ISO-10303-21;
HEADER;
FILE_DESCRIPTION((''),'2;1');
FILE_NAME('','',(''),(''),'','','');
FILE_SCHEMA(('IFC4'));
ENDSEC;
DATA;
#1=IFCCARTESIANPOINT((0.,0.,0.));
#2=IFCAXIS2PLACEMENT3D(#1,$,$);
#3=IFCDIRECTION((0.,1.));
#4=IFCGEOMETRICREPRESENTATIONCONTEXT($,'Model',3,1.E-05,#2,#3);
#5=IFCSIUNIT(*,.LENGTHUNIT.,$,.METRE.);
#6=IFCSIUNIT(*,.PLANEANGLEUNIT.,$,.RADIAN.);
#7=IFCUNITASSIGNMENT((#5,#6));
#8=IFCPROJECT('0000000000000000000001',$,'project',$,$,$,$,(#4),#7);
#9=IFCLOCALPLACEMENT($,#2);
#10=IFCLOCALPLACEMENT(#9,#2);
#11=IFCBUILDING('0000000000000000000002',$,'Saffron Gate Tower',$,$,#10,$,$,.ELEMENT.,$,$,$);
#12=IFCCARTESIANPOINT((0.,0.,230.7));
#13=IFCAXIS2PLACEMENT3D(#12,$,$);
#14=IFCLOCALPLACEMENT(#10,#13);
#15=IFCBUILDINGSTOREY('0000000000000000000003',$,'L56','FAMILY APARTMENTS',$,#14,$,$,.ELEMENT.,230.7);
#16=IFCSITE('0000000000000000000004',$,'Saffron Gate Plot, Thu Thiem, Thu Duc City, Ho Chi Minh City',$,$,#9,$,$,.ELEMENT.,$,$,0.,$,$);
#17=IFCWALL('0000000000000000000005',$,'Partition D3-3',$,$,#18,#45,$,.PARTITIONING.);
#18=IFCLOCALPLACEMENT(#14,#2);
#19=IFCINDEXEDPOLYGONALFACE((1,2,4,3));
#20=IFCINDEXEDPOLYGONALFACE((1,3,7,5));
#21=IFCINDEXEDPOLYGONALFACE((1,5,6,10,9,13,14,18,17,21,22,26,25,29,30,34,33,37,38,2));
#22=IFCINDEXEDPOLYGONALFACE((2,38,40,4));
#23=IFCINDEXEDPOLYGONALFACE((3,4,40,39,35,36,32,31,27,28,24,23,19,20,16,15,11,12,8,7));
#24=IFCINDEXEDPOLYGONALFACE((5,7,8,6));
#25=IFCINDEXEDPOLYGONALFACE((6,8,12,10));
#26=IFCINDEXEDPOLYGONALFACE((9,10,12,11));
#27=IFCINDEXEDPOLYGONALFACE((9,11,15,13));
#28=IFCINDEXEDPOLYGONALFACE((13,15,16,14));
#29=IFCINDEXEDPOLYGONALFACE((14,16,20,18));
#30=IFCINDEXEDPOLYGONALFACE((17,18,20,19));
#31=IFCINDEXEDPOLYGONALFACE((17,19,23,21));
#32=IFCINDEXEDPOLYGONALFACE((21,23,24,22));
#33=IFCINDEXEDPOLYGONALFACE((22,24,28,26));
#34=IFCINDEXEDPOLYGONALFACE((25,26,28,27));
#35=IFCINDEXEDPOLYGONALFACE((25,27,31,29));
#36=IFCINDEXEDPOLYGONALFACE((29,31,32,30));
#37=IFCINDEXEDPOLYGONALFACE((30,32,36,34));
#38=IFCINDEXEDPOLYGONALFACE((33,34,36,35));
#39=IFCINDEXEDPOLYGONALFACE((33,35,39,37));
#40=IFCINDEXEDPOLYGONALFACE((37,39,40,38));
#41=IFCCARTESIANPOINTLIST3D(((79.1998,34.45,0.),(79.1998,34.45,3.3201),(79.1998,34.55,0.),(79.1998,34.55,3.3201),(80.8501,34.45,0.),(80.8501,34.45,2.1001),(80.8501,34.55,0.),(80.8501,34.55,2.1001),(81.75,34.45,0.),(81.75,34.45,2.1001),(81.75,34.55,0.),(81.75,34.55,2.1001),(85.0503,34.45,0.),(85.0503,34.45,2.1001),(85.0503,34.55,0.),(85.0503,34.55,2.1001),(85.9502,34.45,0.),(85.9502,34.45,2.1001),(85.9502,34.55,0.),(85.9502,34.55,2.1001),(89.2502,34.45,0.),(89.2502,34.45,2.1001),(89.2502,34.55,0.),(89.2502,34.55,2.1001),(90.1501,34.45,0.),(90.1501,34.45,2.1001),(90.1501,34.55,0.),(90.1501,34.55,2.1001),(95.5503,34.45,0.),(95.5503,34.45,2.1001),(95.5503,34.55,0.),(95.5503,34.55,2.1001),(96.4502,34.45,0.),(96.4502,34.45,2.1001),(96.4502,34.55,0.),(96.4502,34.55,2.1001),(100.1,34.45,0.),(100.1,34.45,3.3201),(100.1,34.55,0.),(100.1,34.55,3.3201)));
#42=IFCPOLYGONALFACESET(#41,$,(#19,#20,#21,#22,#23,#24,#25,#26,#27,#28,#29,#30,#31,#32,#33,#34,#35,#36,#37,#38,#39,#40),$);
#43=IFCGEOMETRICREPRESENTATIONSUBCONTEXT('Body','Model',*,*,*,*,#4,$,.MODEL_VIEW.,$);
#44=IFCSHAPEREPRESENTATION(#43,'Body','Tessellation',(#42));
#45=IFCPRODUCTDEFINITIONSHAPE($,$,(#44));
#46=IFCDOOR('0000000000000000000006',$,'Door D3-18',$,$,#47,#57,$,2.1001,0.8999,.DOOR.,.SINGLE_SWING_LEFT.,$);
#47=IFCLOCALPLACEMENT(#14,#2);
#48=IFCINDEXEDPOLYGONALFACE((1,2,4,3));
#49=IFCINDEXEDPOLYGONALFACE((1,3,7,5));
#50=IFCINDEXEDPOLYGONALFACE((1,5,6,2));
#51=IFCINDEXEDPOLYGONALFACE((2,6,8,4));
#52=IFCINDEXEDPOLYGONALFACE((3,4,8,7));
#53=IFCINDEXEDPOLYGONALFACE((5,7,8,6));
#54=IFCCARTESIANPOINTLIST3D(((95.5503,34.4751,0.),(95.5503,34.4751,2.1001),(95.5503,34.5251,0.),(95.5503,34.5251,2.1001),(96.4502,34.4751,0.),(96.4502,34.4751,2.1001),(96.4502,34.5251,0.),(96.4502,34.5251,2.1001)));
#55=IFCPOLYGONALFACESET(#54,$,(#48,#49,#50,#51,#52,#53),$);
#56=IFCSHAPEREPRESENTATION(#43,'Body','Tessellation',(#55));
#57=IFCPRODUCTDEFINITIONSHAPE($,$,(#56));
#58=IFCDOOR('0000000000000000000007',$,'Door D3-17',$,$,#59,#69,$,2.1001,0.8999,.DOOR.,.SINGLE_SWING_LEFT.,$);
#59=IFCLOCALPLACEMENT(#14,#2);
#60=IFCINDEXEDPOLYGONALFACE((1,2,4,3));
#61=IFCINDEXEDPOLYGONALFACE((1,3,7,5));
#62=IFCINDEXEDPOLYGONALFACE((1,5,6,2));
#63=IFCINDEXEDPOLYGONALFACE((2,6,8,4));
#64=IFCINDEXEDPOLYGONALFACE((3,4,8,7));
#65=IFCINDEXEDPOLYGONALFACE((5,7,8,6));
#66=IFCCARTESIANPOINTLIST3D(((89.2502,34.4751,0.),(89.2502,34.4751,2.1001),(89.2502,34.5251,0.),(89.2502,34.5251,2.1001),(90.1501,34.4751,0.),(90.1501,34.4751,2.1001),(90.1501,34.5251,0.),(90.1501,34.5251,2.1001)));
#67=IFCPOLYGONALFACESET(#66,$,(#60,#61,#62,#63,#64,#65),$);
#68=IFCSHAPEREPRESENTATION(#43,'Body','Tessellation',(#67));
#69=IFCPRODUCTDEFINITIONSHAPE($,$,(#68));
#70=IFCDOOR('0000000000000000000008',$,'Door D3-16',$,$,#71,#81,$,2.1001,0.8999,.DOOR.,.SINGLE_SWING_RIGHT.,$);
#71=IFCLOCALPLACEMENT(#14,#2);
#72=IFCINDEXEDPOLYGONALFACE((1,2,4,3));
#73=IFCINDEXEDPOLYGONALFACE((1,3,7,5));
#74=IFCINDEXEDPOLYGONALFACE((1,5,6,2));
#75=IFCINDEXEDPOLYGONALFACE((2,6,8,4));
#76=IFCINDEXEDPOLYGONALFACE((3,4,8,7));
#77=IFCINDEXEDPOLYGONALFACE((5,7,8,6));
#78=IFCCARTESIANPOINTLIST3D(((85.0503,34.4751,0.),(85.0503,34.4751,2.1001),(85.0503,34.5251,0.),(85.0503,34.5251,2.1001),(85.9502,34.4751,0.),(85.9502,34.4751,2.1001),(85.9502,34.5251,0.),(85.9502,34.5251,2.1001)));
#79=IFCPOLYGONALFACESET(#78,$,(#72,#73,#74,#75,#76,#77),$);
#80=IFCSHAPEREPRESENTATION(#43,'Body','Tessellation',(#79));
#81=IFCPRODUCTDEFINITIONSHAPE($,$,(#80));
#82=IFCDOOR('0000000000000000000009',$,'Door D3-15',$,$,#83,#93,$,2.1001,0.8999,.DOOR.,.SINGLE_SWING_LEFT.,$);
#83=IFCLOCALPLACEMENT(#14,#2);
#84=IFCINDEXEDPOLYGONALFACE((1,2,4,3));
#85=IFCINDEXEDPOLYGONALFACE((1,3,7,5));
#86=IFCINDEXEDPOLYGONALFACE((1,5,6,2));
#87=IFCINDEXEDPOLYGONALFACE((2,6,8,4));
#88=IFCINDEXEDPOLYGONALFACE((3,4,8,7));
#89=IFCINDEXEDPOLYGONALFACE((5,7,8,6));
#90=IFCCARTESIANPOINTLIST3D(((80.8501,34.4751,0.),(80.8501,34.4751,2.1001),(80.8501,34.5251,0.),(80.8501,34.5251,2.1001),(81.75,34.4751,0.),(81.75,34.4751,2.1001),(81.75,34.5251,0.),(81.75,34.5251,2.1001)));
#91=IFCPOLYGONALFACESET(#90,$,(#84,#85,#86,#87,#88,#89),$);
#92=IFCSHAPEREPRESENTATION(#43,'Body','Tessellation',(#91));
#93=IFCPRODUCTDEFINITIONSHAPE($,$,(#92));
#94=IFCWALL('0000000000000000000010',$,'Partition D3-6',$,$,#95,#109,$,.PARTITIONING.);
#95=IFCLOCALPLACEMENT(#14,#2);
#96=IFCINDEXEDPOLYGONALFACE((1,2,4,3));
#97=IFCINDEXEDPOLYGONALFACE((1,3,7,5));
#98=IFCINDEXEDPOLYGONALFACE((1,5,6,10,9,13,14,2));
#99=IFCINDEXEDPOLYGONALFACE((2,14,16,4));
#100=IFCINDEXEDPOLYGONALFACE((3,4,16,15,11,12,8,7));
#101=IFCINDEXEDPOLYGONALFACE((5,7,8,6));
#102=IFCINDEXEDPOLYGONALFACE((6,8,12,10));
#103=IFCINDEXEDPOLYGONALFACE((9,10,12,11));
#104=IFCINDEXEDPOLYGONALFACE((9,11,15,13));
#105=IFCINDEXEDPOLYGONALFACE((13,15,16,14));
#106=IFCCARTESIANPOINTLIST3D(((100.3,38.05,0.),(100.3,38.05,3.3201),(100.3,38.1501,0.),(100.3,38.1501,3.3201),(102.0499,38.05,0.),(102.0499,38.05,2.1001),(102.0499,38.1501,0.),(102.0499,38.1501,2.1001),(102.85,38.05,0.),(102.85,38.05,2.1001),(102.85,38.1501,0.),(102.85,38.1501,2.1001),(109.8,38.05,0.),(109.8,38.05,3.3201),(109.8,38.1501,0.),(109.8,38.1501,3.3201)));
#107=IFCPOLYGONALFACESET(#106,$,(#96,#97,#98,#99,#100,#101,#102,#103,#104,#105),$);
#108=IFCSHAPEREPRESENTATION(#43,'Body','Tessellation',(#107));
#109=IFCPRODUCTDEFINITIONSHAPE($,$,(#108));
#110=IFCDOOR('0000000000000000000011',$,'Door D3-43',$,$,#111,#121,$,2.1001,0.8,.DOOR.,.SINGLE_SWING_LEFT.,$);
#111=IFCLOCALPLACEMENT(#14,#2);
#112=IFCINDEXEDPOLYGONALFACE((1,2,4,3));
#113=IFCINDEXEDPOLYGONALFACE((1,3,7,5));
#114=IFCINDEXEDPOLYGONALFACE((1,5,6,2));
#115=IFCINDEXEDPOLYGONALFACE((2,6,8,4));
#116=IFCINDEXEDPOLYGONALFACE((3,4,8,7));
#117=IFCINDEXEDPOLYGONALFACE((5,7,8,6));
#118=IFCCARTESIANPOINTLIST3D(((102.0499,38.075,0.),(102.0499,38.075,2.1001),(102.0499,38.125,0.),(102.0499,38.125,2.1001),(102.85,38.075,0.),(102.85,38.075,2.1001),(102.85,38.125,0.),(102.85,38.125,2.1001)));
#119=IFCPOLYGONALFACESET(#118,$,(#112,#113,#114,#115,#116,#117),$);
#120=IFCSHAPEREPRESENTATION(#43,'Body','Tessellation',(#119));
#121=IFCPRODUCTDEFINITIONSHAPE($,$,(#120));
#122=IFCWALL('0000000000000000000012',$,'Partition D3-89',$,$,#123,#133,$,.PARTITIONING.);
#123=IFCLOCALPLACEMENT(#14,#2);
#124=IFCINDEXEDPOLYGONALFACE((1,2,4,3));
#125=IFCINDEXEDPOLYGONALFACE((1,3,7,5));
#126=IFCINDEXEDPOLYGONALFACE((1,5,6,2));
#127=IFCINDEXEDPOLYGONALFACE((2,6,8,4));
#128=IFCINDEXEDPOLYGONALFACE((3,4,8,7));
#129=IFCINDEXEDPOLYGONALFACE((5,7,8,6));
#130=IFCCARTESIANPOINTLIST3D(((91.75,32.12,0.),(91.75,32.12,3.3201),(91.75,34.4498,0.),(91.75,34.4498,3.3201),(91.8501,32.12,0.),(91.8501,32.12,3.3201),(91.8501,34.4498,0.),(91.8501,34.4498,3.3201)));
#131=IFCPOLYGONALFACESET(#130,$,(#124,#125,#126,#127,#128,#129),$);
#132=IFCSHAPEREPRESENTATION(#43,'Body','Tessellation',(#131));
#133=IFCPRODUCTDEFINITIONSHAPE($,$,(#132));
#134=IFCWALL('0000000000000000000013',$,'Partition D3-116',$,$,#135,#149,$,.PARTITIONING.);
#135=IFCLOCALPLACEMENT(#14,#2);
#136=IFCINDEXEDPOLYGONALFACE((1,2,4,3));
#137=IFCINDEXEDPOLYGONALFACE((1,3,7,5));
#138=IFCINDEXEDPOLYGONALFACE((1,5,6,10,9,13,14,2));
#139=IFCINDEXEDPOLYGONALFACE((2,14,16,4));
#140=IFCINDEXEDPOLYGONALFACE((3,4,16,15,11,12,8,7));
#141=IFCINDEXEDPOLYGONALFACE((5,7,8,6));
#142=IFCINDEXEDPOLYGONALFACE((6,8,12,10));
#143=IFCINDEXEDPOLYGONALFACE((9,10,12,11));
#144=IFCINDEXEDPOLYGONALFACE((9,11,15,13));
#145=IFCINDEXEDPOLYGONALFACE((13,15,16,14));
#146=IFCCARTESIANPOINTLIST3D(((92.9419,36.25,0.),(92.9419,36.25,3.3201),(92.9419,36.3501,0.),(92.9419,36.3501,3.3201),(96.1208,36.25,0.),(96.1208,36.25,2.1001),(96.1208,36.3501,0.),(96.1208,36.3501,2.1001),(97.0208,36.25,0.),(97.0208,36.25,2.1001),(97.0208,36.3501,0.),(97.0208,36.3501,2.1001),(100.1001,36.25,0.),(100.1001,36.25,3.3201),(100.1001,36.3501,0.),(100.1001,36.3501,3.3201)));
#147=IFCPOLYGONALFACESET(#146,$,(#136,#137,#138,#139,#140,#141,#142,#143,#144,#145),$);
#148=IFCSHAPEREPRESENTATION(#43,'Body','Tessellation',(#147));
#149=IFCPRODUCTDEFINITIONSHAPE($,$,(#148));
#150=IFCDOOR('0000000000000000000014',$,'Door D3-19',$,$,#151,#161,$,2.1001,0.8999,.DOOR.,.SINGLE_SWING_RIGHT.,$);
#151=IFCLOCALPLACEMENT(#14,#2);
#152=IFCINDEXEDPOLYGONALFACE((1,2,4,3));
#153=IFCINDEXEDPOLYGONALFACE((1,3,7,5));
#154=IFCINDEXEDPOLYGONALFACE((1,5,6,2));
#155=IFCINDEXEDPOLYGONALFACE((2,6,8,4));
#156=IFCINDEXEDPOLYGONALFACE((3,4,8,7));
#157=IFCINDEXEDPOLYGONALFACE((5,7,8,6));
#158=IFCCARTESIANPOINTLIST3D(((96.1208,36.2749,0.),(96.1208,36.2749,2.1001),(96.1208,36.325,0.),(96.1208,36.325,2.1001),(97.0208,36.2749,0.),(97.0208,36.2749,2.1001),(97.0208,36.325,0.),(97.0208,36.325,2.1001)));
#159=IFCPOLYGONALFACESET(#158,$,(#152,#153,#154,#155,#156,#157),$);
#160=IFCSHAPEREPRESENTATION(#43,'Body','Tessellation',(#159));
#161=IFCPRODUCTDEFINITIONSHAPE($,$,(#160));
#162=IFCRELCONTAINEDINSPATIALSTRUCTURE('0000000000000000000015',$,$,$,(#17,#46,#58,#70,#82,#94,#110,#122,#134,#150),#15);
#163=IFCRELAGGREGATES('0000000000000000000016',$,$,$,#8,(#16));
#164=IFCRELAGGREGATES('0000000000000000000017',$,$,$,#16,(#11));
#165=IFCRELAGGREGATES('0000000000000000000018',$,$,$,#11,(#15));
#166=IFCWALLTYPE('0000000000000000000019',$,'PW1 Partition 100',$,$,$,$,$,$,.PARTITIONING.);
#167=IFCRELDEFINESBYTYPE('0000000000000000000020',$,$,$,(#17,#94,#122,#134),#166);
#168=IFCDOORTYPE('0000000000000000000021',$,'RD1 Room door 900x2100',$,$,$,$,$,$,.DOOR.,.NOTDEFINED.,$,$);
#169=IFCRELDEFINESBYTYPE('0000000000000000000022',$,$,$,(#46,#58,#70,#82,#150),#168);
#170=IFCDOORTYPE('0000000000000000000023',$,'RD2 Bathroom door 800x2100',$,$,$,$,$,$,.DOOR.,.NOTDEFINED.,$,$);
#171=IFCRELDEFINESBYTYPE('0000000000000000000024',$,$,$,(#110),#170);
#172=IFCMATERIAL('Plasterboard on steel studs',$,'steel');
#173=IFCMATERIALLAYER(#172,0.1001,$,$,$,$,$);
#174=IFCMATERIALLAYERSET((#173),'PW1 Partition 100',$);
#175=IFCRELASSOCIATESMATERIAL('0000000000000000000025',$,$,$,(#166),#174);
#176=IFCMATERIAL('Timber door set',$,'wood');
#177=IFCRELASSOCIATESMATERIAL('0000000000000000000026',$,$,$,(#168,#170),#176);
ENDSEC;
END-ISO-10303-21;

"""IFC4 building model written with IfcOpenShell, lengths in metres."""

from ifc_helpers import new_model, si_unit, direction, frame, frame_2d, origin, place, context, subcontext, project, spatial, rectangle, extrude, material, layer, layer_set, type_object, element, fill, save


model = new_model("IFC4")

# Units and contexts
model_context = context("Model", 3, precision=1e-05, world=origin(), true_north=direction((0.0, 1.0)))
body_context = subcontext(model_context, "Body", "Model", "MODEL_VIEW")
ifc_project = project(units=[si_unit("LENGTHUNIT", "METRE"), si_unit("PLANEANGLEUNIT", "RADIAN")], contexts=[model_context])

# Site, building, storey
site_placement = place(None, origin())
site = spatial("IfcSite", under=ifc_project, at=site_placement, Name="Saffron Gate Plot, Thu Thiem, Thu Duc City, Ho Chi Minh City", CompositionType="ELEMENT", RefElevation=0.0)
building_placement = place(site_placement, origin())
building = spatial("IfcBuilding", under=site, at=building_placement, Name="Saffron Gate Tower", CompositionType="ELEMENT")
storey_placement = place(building_placement, frame((0.0, 0.0, 230.7)))
storey = spatial("IfcBuildingStorey", under=building, at=storey_placement, Name="L56", Description="FAMILY APARTMENTS", CompositionType="ELEMENT", Elevation=230.7)

# Wall, openings, doors
ifc_material_1 = material(Name="Plasterboard on steel studs", Category="steel")
ifc_layer_1 = layer(ifc_material_1, 0.1001)
ifc_layer_set_1 = layer_set([ifc_layer_1], Name="PW1 Partition 100")
wall_type_1 = type_object("IfcWallType", Name="PW1 Partition 100", PredefinedType="PARTITIONING", material=ifc_layer_set_1)
wall_1_placement = place(storey_placement, frame((100.1001, 34.5, 0.0), z_axis=(0.0, 0.0, 1.0), x_axis=(-1.0, 0.0, 0.0)))
wall_1 = element("IfcWall", 1, at=wall_1_placement, inside=storey, type_object=wall_type_1, Name="Partition D3-3", PredefinedType="PARTITIONING", context=body_context, shape_type="SweptSolid", body=[
    extrude(rectangle(XDim=20.9001, YDim=0.1001, at=frame_2d((10.4502, 0.0))), origin(), (0.0, 0.0, 1.0), 3.3201),
])
opening_1_placement = place(wall_1_placement, frame((3.6499, 0.0, 0.0)))
opening_1 = element("IfcOpeningElement", 2, at=opening_1_placement, cuts=wall_1, PredefinedType="OPENING", context=body_context, shape_type="SweptSolid", body=[
    extrude(rectangle(XDim=0.8999, YDim=2.1001, at=frame_2d((0.45, 1.05))), frame((0.0, 0.0601, 0.0), z_axis=(0.0, -1.0, 0.0), x_axis=(1.0, 0.0, 0.0)), (0.0, 0.0, 1.0), 0.1201),
])
opening_2_placement = place(wall_1_placement, frame((9.95, 0.0, 0.0)))
opening_2 = element("IfcOpeningElement", 3, at=opening_2_placement, cuts=wall_1, PredefinedType="OPENING", context=body_context, shape_type="SweptSolid", body=[
    extrude(rectangle(XDim=0.8999, YDim=2.1001, at=frame_2d((0.45, 1.05))), frame((0.0, 0.0601, 0.0), z_axis=(0.0, -1.0, 0.0), x_axis=(1.0, 0.0, 0.0)), (0.0, 0.0, 1.0), 0.1201),
])
opening_3_placement = place(wall_1_placement, frame((14.1499, 0.0, 0.0)))
opening_3 = element("IfcOpeningElement", 4, at=opening_3_placement, cuts=wall_1, PredefinedType="OPENING", context=body_context, shape_type="SweptSolid", body=[
    extrude(rectangle(XDim=0.8999, YDim=2.1001, at=frame_2d((0.45, 1.05))), frame((0.0, 0.0601, 0.0), z_axis=(0.0, -1.0, 0.0), x_axis=(1.0, 0.0, 0.0)), (0.0, 0.0, 1.0), 0.1201),
])
opening_4_placement = place(wall_1_placement, frame((18.3501, 0.0, 0.0)))
opening_4 = element("IfcOpeningElement", 5, at=opening_4_placement, cuts=wall_1, PredefinedType="OPENING", context=body_context, shape_type="SweptSolid", body=[
    extrude(rectangle(XDim=0.8999, YDim=2.1001, at=frame_2d((0.45, 1.05))), frame((0.0, 0.0601, 0.0), z_axis=(0.0, -1.0, 0.0), x_axis=(1.0, 0.0, 0.0)), (0.0, 0.0, 1.0), 0.1201),
])
ifc_material_2 = material(Name="Timber door set", Category="wood")
door_type_1 = type_object("IfcDoorType", Name="RD1 Room door 900x2100", OperationType="NOTDEFINED", PredefinedType="DOOR", material=ifc_material_2)
door_1_placement = place(opening_1_placement, origin())
door_1 = element("IfcDoor", 6, at=door_1_placement, inside=storey, type_object=door_type_1, Name="Door D3-18", OperationType="SINGLE_SWING_LEFT", OverallHeight=2.1001, OverallWidth=0.8999, PredefinedType="DOOR", context=body_context, shape_type="SweptSolid", body=[
    extrude(rectangle(XDim=0.8999, YDim=2.1001, at=frame_2d((0.45, 1.05))), frame((0.0, 0.0249, 0.0), z_axis=(0.0, -1.0, 0.0), x_axis=(1.0, 0.0, 0.0)), (0.0, 0.0, 1.0), 0.05),
])
fill(opening_1, door_1)
door_2_placement = place(opening_2_placement, origin())
door_2 = element("IfcDoor", 7, at=door_2_placement, inside=storey, type_object=door_type_1, Name="Door D3-17", OperationType="SINGLE_SWING_LEFT", OverallHeight=2.1001, OverallWidth=0.8999, PredefinedType="DOOR", context=body_context, shape_type="SweptSolid", body=[
    extrude(rectangle(XDim=0.8999, YDim=2.1001, at=frame_2d((0.45, 1.05))), frame((0.0, 0.0249, 0.0), z_axis=(0.0, -1.0, 0.0), x_axis=(1.0, 0.0, 0.0)), (0.0, 0.0, 1.0), 0.05),
])
fill(opening_2, door_2)
door_3_placement = place(opening_3_placement, origin())
door_3 = element("IfcDoor", 8, at=door_3_placement, inside=storey, type_object=door_type_1, Name="Door D3-16", OperationType="SINGLE_SWING_RIGHT", OverallHeight=2.1001, OverallWidth=0.8999, PredefinedType="DOOR", context=body_context, shape_type="SweptSolid", body=[
    extrude(rectangle(XDim=0.8999, YDim=2.1001, at=frame_2d((0.45, 1.05))), frame((0.0, 0.0249, 0.0), z_axis=(0.0, -1.0, 0.0), x_axis=(1.0, 0.0, 0.0)), (0.0, 0.0, 1.0), 0.05),
])
fill(opening_3, door_3)
door_4_placement = place(opening_4_placement, origin())
door_4 = element("IfcDoor", 9, at=door_4_placement, inside=storey, type_object=door_type_1, Name="Door D3-15", OperationType="SINGLE_SWING_LEFT", OverallHeight=2.1001, OverallWidth=0.8999, PredefinedType="DOOR", context=body_context, shape_type="SweptSolid", body=[
    extrude(rectangle(XDim=0.8999, YDim=2.1001, at=frame_2d((0.45, 1.05))), frame((0.0, 0.0249, 0.0), z_axis=(0.0, -1.0, 0.0), x_axis=(1.0, 0.0, 0.0)), (0.0, 0.0, 1.0), 0.05),
])
fill(opening_4, door_4)

# Wall, opening, door
wall_2_placement = place(storey_placement, frame((100.3, 38.1001, 0.0), z_axis=(0.0, 0.0, 1.0), x_axis=(1.0, 0.0, 0.0)))
wall_2 = element("IfcWall", 10, at=wall_2_placement, inside=storey, type_object=wall_type_1, Name="Partition D3-6", PredefinedType="PARTITIONING", context=body_context, shape_type="SweptSolid", body=[
    extrude(rectangle(XDim=9.5, YDim=0.1001, at=frame_2d((4.75, 0.0))), origin(), (0.0, 0.0, 1.0), 3.3201),
])
opening_5_placement = place(wall_2_placement, frame((1.75, 0.0, 0.0)))
opening_5 = element("IfcOpeningElement", 11, at=opening_5_placement, cuts=wall_2, PredefinedType="OPENING", context=body_context, shape_type="SweptSolid", body=[
    extrude(rectangle(XDim=0.8, YDim=2.1001, at=frame_2d((0.3999, 1.05))), frame((0.0, 0.0601, 0.0), z_axis=(0.0, -1.0, 0.0), x_axis=(1.0, 0.0, 0.0)), (0.0, 0.0, 1.0), 0.1201),
])
door_type_2 = type_object("IfcDoorType", Name="RD2 Bathroom door 800x2100", OperationType="NOTDEFINED", PredefinedType="DOOR", material=ifc_material_2)
door_5_placement = place(opening_5_placement, origin())
door_5 = element("IfcDoor", 12, at=door_5_placement, inside=storey, type_object=door_type_2, Name="Door D3-43", OperationType="SINGLE_SWING_LEFT", OverallHeight=2.1001, OverallWidth=0.8, PredefinedType="DOOR", context=body_context, shape_type="SweptSolid", body=[
    extrude(rectangle(XDim=0.8, YDim=2.1001, at=frame_2d((0.3999, 1.05))), frame((0.0, 0.0249, 0.0), z_axis=(0.0, -1.0, 0.0), x_axis=(1.0, 0.0, 0.0)), (0.0, 0.0, 1.0), 0.05),
])
fill(opening_5, door_5)

# Wall
wall_3_placement = place(storey_placement, frame((91.8, 34.45, 0.0), z_axis=(0.0, 0.0, 1.0), x_axis=(0.0, -1.0, 0.0)))
element("IfcWall", 13, at=wall_3_placement, inside=storey, type_object=wall_type_1, Name="Partition D3-89", PredefinedType="PARTITIONING", context=body_context, shape_type="SweptSolid", body=[
    extrude(rectangle(XDim=2.3298, YDim=0.1001, at=frame_2d((1.165, 0.0))), origin(), (0.0, 0.0, 1.0), 3.3201),
])

# Wall, opening, door
wall_4_placement = place(storey_placement, frame((92.9419, 36.3, 0.0), z_axis=(0.0, 0.0, 1.0), x_axis=(1.0, 0.0, 0.0)))
wall_4 = element("IfcWall", 14, at=wall_4_placement, inside=storey, type_object=wall_type_1, Name="Partition D3-116", PredefinedType="PARTITIONING", context=body_context, shape_type="SweptSolid", body=[
    extrude(rectangle(XDim=7.1582, YDim=0.1001, at=frame_2d((3.5791, 0.0))), origin(), (0.0, 0.0, 1.0), 3.3201),
])
opening_6_placement = place(wall_4_placement, frame((3.179, 0.0, 0.0)))
opening_6 = element("IfcOpeningElement", 15, at=opening_6_placement, cuts=wall_4, PredefinedType="OPENING", context=body_context, shape_type="SweptSolid", body=[
    extrude(rectangle(XDim=0.8999, YDim=2.1001, at=frame_2d((0.45, 1.05))), frame((0.0, 0.0601, 0.0), z_axis=(0.0, -1.0, 0.0), x_axis=(1.0, 0.0, 0.0)), (0.0, 0.0, 1.0), 0.1201),
])
door_6_placement = place(opening_6_placement, origin())
door_6 = element("IfcDoor", 16, at=door_6_placement, inside=storey, type_object=door_type_1, Name="Door D3-19", OperationType="SINGLE_SWING_RIGHT", OverallHeight=2.1001, OverallWidth=0.8999, PredefinedType="DOOR", context=body_context, shape_type="SweptSolid", body=[
    extrude(rectangle(XDim=0.8999, YDim=2.1001, at=frame_2d((0.45, 1.05))), frame((0.0, 0.0249, 0.0), z_axis=(0.0, -1.0, 0.0), x_axis=(1.0, 0.0, 0.0)), (0.0, 0.0, 1.0), 0.05),
])
fill(opening_6, door_6)

save(model, "model.ifc")
